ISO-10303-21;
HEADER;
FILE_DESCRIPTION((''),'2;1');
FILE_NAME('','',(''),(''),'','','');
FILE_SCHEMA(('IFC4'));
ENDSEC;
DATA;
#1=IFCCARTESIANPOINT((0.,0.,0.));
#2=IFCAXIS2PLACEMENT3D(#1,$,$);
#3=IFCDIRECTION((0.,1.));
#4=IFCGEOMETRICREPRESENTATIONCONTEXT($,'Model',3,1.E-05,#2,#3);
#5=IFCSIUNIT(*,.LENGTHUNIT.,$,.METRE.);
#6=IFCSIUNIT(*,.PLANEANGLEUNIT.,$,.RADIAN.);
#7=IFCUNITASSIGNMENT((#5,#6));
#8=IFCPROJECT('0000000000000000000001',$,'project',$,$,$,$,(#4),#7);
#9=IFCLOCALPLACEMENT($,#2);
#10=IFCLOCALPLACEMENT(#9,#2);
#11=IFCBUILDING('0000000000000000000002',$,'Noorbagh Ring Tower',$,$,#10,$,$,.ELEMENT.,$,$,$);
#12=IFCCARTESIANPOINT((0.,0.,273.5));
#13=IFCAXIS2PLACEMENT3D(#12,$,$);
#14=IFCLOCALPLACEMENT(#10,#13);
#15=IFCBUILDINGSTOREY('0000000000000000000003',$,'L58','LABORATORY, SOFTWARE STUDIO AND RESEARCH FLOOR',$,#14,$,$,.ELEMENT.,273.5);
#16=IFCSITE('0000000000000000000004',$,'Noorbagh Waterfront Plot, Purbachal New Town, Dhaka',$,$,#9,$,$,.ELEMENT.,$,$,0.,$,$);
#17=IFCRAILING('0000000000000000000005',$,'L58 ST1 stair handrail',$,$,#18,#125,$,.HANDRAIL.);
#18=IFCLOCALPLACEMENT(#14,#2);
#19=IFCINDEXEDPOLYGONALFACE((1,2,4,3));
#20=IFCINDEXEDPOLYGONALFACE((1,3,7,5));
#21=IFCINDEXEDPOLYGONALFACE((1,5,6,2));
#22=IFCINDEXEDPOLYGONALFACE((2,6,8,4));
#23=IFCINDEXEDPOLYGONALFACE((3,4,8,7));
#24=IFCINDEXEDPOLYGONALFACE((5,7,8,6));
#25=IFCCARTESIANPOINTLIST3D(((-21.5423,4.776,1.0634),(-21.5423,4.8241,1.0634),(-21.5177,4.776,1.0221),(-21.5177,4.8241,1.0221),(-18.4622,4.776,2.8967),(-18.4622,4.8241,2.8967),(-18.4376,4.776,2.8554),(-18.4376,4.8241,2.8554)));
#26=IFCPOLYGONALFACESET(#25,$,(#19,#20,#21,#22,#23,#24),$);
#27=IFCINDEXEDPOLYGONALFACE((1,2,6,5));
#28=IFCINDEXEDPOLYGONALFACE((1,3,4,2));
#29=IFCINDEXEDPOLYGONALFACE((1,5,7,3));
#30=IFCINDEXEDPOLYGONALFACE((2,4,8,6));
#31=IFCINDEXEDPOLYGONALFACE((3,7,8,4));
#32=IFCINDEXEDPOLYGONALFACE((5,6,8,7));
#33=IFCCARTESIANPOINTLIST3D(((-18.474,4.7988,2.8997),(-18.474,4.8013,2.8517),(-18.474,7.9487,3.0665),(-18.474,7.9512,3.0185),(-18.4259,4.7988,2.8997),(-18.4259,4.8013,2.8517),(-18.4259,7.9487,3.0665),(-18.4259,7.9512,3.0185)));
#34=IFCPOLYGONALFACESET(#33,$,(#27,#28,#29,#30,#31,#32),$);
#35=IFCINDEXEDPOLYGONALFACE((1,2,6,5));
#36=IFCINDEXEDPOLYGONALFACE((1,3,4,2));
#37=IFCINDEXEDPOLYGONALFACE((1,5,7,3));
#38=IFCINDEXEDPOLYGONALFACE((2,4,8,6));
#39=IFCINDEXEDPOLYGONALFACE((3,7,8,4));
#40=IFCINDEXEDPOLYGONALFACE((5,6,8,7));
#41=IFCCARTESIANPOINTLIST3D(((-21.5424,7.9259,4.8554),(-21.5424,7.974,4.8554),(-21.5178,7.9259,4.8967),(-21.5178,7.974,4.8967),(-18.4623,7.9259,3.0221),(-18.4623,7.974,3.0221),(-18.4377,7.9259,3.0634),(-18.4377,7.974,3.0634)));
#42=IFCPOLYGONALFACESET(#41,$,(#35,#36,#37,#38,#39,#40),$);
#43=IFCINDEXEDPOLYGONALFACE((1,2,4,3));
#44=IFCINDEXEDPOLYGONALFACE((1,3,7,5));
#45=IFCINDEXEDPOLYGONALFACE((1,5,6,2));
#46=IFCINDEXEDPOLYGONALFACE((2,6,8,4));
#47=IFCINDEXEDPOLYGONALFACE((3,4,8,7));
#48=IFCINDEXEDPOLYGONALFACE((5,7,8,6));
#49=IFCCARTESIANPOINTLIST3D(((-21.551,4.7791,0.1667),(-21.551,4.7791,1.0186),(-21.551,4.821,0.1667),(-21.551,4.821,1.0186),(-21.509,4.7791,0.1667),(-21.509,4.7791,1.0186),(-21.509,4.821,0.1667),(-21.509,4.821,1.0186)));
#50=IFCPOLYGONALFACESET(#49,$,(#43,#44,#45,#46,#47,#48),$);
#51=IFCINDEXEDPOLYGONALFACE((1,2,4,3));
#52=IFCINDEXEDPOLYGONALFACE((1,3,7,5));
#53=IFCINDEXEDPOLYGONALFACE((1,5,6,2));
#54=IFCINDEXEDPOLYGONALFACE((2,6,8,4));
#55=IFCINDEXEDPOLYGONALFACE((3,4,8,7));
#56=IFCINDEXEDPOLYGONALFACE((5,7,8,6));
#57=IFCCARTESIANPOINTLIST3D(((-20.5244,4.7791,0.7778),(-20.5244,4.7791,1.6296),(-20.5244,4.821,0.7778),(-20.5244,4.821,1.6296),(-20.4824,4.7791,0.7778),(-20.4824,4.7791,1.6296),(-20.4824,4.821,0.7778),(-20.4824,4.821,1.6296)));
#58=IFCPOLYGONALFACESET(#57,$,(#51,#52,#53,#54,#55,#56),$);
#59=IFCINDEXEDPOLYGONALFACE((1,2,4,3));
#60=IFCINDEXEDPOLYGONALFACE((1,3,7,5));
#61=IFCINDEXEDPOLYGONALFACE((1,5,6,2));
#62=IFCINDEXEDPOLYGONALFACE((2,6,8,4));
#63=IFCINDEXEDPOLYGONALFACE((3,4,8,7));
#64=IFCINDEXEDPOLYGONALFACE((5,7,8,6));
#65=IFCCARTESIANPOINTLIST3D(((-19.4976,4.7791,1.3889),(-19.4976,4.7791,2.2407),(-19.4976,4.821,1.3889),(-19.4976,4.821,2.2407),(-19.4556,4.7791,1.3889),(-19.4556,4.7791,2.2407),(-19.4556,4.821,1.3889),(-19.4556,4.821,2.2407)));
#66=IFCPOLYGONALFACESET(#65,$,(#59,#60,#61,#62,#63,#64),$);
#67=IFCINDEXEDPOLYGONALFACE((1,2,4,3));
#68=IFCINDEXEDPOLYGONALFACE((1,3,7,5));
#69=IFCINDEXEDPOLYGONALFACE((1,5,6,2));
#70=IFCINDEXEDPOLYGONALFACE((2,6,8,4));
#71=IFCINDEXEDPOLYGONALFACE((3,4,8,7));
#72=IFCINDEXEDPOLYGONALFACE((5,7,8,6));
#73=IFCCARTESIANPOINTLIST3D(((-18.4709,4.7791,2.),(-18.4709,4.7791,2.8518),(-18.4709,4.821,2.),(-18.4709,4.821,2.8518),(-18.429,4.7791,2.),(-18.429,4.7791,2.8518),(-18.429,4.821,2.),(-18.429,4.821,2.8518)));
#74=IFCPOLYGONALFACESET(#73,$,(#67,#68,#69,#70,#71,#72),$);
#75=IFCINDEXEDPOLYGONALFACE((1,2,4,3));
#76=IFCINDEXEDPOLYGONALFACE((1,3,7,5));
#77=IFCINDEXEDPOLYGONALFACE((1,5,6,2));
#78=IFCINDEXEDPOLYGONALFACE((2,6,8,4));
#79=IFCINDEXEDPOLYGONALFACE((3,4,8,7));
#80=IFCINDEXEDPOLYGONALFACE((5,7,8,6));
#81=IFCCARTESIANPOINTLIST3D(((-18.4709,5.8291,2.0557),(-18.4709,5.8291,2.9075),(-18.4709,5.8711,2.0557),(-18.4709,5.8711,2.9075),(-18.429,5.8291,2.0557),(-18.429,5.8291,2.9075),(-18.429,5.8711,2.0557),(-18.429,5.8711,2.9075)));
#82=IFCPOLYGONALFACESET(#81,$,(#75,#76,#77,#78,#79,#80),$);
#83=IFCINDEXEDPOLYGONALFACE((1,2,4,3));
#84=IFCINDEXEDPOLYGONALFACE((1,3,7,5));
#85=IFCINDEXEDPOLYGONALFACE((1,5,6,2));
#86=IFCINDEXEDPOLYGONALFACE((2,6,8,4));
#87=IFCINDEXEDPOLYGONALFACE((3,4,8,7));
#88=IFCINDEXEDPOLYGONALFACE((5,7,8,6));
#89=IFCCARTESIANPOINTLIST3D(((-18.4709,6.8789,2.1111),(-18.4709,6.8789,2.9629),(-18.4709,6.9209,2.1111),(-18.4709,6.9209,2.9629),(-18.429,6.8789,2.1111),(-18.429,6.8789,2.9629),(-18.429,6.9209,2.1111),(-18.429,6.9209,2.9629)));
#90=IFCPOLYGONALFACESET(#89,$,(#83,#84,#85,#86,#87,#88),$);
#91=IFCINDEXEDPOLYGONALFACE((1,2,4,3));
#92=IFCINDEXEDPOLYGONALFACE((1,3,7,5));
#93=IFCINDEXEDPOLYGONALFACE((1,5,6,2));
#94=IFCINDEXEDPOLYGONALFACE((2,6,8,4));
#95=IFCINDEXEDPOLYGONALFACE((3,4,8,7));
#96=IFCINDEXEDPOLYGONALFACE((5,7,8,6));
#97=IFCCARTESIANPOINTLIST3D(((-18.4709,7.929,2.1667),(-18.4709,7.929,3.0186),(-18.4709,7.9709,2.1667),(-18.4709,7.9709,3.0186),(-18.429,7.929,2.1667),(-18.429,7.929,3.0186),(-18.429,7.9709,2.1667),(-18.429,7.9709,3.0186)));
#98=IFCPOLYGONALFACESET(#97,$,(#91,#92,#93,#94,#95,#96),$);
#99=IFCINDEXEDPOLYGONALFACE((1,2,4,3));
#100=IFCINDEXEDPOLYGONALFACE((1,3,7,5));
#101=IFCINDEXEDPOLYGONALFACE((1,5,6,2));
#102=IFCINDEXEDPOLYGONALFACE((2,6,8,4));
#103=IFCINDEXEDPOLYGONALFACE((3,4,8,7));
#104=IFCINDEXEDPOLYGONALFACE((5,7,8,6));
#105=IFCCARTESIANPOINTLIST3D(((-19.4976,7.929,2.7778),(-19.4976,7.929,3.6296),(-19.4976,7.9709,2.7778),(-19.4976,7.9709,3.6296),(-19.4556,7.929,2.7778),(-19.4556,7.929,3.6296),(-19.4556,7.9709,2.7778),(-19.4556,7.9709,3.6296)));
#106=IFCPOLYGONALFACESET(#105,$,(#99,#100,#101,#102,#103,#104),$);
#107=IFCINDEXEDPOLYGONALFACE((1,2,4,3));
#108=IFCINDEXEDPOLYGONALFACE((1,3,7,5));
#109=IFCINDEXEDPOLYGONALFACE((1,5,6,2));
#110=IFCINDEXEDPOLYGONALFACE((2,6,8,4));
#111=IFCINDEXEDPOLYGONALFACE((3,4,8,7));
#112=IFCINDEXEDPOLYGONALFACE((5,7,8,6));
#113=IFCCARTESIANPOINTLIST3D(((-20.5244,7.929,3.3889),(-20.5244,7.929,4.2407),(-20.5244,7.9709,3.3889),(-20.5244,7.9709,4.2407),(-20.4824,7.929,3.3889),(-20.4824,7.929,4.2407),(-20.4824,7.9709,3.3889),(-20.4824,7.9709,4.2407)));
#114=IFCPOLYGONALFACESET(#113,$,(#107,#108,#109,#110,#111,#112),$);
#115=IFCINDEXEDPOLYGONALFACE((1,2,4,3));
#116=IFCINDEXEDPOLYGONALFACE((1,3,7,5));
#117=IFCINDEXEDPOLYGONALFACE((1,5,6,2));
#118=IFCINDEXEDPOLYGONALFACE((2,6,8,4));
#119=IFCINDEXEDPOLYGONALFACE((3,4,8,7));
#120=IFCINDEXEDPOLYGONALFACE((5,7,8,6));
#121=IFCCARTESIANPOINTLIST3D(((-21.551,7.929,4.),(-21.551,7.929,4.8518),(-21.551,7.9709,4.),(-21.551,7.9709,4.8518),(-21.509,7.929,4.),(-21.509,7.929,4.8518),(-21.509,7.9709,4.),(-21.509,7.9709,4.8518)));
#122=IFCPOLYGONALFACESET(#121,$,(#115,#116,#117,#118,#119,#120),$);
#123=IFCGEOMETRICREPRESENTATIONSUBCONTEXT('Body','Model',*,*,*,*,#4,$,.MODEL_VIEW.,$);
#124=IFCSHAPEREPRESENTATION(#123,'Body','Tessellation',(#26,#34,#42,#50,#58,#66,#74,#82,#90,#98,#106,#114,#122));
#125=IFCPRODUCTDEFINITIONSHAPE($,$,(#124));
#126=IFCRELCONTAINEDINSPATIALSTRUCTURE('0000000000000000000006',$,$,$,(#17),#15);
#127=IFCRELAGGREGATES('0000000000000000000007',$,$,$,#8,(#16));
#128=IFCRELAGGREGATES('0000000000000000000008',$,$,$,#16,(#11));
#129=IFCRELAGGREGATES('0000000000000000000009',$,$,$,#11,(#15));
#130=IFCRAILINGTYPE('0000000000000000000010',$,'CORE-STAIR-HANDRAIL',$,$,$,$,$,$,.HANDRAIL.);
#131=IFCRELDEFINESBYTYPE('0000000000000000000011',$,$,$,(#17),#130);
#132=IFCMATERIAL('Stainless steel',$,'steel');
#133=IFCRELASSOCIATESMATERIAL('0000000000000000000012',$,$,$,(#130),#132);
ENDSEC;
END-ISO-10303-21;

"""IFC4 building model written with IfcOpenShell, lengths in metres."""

from ifc_helpers import new_model, si_unit, direction, frame, origin, origin_2d, place, context, subcontext, project, spatial, rectangle, extrude, material, type_object, element, save


model = new_model("IFC4")

# Units and contexts
model_context = context("Model", 3, precision=1e-05, world=origin(), true_north=direction((0.0, 1.0)))
body_context = subcontext(model_context, "Body", "Model", "MODEL_VIEW")
ifc_project = project(units=[si_unit("LENGTHUNIT", "METRE"), si_unit("PLANEANGLEUNIT", "RADIAN")], contexts=[model_context])

# Site, building, storey
site_placement = place(None, origin())
site = spatial("IfcSite", under=ifc_project, at=site_placement, Name="Noorbagh Waterfront Plot, Purbachal New Town, Dhaka", CompositionType="ELEMENT", RefElevation=0.0)
building_placement = place(site_placement, origin())
building = spatial("IfcBuilding", under=site, at=building_placement, Name="Noorbagh Ring Tower", CompositionType="ELEMENT")
storey_placement = place(building_placement, frame((0.0, 0.0, 273.5)))
storey = spatial("IfcBuildingStorey", under=building, at=storey_placement, Name="L58", Description="LABORATORY, SOFTWARE STUDIO AND RESEARCH FLOOR", CompositionType="ELEMENT", Elevation=273.5)

# Railing
ifc_material_1 = material(Name="Stainless steel", Category="steel")
railing_type = type_object("IfcRailingType", Name="CORE-STAIR-HANDRAIL", PredefinedType="HANDRAIL", material=ifc_material_1)
railing_placement = place(storey_placement, frame((-21.53, 4.8, 0.1667)))
element("IfcRailing", 1, at=railing_placement, inside=storey, type_object=railing_type, Name="L58 ST1 stair handrail", PredefinedType="HANDRAIL", context=body_context, shape_type="SweptSolid", body=[
    extrude(rectangle(XDim=0.0481, YDim=0.0481, at=origin_2d()), frame((0.0, 0.0, 0.876), z_axis=(0.859309, 0.0, 0.511458), x_axis=(0.0, 1.0, 0.0)), (0.0, 0.0, 1.0), 3.5845),
    extrude(rectangle(XDim=0.0481, YDim=0.0481, at=origin_2d()), frame((3.0801, 0.0, 2.709), z_axis=(0.0, 0.998602, 0.052864), x_axis=(-1.0, 0.0, 0.0)), (0.0, 0.0, 1.0), 3.1543),
    extrude(rectangle(XDim=0.0481, YDim=0.0481, at=origin_2d()), frame((3.0801, 3.1499, 2.876), z_axis=(-0.859309, 0.0, 0.511458), x_axis=(0.0, -1.0, 0.0)), (0.0, 0.0, 1.0), 3.5845),
    extrude(rectangle(XDim=0.042, YDim=0.042, at=origin_2d()), origin(), (0.0, 0.0, 1.0), 0.8518),
    extrude(rectangle(XDim=0.042, YDim=0.042, at=origin_2d()), frame((1.0266, 0.0, 0.6111)), (0.0, 0.0, 1.0), 0.8518),
    extrude(rectangle(XDim=0.042, YDim=0.042, at=origin_2d()), frame((2.0535, 0.0, 1.2222)), (0.0, 0.0, 1.0), 0.8518),
    extrude(rectangle(XDim=0.042, YDim=0.042, at=origin_2d()), frame((3.0801, 0.0, 1.8333)), (0.0, 0.0, 1.0), 0.8518),
    extrude(rectangle(XDim=0.042, YDim=0.042, at=origin_2d()), frame((3.0801, 1.05, 1.8889)), (0.0, 0.0, 1.0), 0.8518),
    extrude(rectangle(XDim=0.042, YDim=0.042, at=origin_2d()), frame((3.0801, 2.0999, 1.9443)), (0.0, 0.0, 1.0), 0.8518),
    extrude(rectangle(XDim=0.042, YDim=0.042, at=origin_2d()), frame((3.0801, 3.1499, 2.0)), (0.0, 0.0, 1.0), 0.8518),
    extrude(rectangle(XDim=0.042, YDim=0.042, at=origin_2d()), frame((2.0535, 3.1499, 2.6111)), (0.0, 0.0, 1.0), 0.8518),
    extrude(rectangle(XDim=0.042, YDim=0.042, at=origin_2d()), frame((1.0266, 3.1499, 3.2222)), (0.0, 0.0, 1.0), 0.8518),
    extrude(rectangle(XDim=0.042, YDim=0.042, at=origin_2d()), frame((0.0, 3.1499, 3.8333)), (0.0, 0.0, 1.0), 0.8518),
])

save(model, "model.ifc")
